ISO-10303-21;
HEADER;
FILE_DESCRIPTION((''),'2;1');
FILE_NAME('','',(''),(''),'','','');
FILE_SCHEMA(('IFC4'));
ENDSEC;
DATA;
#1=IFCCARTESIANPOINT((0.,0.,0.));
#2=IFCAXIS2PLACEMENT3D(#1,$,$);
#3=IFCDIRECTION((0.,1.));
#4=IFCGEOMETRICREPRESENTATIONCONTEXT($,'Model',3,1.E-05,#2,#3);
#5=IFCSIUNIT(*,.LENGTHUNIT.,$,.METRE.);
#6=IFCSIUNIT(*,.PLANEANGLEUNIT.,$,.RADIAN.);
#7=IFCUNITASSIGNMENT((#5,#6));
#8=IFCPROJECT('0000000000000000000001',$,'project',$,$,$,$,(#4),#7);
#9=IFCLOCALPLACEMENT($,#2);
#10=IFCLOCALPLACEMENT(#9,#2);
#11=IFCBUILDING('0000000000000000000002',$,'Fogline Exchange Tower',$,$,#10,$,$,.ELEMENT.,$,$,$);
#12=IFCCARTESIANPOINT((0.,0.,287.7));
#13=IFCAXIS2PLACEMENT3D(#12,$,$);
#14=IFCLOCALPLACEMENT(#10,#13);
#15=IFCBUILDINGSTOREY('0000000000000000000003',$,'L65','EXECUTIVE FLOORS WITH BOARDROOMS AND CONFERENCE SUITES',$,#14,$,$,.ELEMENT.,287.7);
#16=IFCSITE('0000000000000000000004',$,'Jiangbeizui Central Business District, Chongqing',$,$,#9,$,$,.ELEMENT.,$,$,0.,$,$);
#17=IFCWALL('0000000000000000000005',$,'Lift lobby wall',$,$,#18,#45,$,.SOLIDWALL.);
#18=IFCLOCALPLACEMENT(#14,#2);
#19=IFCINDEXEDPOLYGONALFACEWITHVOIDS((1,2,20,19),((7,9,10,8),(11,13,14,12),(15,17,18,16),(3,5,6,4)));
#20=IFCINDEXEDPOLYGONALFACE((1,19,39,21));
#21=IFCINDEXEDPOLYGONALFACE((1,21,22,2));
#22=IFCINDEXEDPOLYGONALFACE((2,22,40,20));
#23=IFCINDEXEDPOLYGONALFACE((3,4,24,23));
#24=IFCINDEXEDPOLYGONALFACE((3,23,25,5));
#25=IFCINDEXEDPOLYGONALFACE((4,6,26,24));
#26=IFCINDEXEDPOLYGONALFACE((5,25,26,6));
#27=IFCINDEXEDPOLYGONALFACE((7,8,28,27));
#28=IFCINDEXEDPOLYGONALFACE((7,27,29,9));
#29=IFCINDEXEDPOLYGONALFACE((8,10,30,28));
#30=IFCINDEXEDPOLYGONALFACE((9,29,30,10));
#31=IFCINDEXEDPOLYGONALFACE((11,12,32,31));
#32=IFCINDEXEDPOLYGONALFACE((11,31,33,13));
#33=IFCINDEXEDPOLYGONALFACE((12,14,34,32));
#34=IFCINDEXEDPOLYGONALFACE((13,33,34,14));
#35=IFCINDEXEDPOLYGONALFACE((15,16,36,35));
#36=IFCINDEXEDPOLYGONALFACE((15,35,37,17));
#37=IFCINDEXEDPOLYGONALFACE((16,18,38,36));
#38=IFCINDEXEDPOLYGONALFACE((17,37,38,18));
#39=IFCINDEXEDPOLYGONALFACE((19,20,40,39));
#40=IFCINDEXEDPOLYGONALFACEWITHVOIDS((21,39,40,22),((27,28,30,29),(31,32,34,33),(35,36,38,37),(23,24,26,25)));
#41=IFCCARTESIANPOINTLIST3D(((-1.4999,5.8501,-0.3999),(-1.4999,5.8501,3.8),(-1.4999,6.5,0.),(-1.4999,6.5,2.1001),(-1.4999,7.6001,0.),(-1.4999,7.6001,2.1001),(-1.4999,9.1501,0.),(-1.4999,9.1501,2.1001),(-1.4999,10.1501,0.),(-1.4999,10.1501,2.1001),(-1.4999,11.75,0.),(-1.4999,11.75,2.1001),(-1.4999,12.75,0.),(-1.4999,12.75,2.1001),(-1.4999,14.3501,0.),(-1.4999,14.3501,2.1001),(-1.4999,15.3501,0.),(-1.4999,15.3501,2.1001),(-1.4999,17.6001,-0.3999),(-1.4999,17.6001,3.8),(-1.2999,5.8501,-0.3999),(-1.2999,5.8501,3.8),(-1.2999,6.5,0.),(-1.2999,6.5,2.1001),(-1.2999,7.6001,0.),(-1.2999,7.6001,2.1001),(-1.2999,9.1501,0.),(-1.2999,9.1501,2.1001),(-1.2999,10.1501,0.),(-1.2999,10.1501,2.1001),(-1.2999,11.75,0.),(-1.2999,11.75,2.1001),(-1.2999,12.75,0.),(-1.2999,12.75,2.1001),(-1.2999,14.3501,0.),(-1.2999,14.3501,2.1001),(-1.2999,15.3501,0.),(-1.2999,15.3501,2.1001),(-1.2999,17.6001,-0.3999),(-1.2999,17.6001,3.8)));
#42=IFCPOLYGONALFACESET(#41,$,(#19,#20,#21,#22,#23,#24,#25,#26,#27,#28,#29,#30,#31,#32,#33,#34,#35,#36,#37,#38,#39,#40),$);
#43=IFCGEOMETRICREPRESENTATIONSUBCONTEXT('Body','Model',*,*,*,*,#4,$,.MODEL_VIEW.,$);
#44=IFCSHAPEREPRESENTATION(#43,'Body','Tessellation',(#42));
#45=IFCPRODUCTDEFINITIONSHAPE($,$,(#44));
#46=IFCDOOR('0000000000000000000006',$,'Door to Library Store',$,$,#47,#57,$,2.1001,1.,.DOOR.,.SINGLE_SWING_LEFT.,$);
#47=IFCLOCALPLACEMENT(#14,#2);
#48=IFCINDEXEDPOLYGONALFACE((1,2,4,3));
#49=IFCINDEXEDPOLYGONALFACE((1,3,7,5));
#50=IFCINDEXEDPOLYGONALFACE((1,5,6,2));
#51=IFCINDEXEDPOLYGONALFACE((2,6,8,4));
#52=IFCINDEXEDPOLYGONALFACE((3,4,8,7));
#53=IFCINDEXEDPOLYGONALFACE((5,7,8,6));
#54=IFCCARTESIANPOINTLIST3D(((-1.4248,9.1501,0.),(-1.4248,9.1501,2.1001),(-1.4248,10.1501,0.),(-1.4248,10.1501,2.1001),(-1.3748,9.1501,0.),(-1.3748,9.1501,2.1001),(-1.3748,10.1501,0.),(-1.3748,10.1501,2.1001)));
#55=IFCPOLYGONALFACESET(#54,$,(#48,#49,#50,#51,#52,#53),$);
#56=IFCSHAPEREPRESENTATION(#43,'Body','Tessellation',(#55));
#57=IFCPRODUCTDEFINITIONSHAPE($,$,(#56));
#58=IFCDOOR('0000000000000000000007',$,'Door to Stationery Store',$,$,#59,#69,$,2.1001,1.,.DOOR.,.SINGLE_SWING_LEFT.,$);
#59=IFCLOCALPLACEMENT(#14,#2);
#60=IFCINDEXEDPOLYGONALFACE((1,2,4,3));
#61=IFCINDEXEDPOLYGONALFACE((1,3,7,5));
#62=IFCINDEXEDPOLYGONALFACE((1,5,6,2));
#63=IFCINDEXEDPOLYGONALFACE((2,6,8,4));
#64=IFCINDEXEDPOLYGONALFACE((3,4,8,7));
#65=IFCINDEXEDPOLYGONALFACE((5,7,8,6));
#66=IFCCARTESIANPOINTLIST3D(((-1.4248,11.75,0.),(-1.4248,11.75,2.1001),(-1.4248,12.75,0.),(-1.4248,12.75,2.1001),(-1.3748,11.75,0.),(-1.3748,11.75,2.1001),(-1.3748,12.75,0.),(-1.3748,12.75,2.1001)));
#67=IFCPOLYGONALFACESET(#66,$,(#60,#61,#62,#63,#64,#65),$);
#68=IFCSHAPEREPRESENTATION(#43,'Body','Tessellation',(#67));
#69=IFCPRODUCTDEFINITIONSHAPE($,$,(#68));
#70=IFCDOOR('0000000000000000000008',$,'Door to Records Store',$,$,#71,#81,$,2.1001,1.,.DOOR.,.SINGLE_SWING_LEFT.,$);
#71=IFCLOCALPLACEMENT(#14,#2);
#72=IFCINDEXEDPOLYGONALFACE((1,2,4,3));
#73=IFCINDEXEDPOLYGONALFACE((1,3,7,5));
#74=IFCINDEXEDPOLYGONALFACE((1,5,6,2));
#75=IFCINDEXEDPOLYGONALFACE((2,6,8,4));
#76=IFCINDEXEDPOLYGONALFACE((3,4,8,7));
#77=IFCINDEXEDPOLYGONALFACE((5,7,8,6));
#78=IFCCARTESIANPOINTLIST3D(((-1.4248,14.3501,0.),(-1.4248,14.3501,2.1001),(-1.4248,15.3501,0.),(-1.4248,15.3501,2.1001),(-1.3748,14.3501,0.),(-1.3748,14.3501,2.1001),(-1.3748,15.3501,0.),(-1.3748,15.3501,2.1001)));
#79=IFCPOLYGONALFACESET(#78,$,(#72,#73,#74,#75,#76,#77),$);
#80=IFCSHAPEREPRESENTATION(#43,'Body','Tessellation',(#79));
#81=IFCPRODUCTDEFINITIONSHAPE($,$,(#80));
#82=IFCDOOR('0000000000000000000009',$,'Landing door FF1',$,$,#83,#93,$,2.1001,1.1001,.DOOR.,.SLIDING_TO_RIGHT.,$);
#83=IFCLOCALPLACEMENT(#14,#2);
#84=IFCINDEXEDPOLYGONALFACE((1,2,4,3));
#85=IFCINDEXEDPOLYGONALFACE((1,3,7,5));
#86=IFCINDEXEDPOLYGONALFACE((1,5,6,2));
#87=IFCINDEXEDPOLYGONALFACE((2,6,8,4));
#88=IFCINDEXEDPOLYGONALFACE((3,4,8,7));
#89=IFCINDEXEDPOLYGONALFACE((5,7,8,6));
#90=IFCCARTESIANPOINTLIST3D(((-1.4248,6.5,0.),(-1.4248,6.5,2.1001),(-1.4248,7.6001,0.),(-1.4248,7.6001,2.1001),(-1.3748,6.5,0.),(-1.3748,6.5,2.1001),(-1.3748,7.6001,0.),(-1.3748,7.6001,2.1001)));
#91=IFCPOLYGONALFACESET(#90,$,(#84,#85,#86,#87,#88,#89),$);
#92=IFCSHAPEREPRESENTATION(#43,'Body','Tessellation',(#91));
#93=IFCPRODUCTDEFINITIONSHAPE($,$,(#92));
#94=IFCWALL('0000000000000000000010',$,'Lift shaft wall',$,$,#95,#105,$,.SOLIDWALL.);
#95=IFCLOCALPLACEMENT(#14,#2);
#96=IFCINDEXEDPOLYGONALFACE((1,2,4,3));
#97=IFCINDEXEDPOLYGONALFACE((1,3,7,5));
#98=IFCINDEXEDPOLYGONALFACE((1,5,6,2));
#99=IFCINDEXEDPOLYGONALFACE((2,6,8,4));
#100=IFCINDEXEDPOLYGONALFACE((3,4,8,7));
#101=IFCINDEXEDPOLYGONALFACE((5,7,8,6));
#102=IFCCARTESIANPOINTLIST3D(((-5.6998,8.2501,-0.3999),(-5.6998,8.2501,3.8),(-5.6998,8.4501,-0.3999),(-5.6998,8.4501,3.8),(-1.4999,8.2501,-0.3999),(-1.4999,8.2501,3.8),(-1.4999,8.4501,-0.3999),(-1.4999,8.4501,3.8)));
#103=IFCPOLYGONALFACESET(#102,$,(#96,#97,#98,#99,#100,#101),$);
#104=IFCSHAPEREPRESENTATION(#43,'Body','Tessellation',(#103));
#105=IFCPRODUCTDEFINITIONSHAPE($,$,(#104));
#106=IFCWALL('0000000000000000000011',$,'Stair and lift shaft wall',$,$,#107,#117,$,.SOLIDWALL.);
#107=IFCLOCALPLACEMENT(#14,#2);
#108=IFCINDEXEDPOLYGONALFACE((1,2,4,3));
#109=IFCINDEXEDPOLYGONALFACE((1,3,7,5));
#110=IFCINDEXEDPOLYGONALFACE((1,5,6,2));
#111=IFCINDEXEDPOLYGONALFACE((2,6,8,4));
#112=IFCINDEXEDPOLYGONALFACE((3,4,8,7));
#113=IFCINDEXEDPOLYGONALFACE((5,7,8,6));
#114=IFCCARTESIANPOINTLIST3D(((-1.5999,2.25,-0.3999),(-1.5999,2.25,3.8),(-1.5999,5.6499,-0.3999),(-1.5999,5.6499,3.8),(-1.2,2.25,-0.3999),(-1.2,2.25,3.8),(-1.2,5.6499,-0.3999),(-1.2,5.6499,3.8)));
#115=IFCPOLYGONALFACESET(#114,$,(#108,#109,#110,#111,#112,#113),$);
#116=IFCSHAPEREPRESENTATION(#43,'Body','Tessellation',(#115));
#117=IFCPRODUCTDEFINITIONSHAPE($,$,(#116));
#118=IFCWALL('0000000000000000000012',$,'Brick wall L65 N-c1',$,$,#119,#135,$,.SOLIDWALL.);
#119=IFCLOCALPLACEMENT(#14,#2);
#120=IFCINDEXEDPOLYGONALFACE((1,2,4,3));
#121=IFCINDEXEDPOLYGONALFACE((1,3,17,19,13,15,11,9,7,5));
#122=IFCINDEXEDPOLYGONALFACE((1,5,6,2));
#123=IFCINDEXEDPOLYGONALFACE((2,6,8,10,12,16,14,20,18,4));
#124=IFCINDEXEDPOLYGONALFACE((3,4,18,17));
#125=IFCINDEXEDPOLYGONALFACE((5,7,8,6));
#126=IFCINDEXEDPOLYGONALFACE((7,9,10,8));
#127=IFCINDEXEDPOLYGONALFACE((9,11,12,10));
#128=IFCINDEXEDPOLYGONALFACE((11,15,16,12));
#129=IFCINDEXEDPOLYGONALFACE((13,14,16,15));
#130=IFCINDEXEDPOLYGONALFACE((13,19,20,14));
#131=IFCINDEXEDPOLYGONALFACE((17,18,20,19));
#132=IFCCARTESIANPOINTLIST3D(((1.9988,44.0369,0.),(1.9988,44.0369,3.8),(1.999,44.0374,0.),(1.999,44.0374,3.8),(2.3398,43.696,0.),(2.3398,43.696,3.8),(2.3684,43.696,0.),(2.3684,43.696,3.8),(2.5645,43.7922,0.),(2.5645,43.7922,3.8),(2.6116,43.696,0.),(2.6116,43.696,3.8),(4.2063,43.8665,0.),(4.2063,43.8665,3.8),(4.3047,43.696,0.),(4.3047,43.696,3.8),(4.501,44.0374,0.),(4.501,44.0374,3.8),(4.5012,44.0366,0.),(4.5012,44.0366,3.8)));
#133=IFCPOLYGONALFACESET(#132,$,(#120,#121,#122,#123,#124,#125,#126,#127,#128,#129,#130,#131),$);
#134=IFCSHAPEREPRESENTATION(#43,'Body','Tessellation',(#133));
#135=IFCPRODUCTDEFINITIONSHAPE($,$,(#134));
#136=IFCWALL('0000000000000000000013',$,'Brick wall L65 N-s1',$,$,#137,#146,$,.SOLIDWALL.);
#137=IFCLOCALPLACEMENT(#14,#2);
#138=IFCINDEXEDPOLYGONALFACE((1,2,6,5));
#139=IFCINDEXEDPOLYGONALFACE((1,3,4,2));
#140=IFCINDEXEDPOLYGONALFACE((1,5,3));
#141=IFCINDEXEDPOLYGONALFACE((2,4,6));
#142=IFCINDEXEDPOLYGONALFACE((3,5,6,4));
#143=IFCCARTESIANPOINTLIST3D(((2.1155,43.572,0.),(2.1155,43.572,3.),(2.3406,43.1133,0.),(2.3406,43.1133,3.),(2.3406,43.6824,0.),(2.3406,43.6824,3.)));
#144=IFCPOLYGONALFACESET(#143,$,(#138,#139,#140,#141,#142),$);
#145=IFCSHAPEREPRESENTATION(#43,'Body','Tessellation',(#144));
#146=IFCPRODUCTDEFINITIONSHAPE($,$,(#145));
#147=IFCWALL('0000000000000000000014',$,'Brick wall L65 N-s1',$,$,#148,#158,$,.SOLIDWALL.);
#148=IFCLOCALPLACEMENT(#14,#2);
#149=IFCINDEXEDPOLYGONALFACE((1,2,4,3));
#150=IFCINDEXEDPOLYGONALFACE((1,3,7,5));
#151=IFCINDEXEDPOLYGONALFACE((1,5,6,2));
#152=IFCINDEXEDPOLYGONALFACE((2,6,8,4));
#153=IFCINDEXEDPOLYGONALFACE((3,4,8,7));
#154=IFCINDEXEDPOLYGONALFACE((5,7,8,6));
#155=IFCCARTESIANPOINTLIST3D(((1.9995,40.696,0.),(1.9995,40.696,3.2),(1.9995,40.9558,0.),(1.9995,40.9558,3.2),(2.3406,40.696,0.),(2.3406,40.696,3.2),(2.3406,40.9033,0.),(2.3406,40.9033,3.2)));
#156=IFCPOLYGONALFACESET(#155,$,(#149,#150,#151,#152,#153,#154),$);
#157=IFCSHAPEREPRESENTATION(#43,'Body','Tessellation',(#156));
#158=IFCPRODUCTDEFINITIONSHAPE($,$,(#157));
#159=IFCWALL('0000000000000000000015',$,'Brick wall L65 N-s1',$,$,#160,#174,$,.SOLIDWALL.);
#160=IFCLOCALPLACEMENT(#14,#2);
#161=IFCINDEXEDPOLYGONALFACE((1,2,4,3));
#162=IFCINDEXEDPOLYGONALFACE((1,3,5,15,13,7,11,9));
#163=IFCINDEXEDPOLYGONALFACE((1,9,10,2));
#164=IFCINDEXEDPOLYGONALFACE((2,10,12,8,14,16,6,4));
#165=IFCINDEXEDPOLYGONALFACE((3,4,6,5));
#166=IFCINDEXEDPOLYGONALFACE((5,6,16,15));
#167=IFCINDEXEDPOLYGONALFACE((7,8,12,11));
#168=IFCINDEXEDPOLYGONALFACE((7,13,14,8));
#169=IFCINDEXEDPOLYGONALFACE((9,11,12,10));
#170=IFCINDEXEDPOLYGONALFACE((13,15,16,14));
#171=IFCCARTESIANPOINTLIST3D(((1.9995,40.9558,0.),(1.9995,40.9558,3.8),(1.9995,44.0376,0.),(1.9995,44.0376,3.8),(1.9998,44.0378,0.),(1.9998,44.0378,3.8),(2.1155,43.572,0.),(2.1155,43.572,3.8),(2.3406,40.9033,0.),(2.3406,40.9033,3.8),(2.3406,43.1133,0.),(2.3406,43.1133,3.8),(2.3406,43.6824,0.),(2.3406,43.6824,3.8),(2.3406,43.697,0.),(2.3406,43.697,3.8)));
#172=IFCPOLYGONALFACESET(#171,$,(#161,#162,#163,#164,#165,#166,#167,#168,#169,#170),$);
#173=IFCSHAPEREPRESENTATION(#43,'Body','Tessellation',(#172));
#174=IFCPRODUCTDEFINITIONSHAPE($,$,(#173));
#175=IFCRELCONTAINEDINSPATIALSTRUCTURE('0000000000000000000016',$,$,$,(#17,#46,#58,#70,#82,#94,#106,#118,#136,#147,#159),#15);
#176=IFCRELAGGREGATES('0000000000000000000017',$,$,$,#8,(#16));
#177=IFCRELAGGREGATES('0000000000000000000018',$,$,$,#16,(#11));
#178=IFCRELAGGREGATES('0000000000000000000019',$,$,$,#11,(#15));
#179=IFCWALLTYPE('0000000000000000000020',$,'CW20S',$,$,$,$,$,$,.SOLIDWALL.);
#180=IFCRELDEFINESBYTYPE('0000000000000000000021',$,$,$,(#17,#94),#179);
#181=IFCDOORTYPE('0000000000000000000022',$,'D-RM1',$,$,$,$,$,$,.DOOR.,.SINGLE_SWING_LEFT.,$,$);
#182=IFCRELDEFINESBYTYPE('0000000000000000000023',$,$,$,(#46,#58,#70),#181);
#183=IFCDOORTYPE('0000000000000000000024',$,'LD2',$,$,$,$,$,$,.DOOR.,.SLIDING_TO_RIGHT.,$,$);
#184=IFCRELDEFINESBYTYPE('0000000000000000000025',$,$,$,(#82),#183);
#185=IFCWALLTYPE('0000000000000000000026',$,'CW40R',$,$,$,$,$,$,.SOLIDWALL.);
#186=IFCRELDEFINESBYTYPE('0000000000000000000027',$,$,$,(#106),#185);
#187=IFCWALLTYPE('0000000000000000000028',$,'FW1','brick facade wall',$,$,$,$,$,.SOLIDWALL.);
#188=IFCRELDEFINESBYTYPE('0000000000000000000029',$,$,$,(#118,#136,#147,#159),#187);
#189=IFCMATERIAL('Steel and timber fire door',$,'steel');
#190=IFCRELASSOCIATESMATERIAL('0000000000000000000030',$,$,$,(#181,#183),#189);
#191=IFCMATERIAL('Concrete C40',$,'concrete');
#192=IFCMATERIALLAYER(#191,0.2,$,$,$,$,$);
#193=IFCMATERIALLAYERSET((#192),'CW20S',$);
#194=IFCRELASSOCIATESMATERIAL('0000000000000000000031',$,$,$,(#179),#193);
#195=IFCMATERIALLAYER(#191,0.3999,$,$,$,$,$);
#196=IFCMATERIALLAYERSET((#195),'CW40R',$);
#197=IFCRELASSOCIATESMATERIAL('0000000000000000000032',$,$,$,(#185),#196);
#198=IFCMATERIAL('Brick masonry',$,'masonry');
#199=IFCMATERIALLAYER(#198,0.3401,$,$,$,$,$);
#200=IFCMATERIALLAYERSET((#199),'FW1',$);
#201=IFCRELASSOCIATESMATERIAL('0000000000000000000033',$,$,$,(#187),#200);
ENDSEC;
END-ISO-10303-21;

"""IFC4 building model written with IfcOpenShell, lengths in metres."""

from ifc_helpers import new_model, si_unit, direction, frame, frame_2d, origin, place, context, subcontext, project, spatial, polyline, rectangle, outline, extrude, material, layer, layer_set, type_object, element, fill, save


model = new_model("IFC4")

# Units and contexts
model_context = context("Model", 3, precision=1e-05, world=origin(), true_north=direction((0.0, 1.0)))
body_context = subcontext(model_context, "Body", "Model", "MODEL_VIEW")
ifc_project = project(units=[si_unit("LENGTHUNIT", "METRE"), si_unit("PLANEANGLEUNIT", "RADIAN")], contexts=[model_context])

# Site, building, storey
site_placement = place(None, origin())
site = spatial("IfcSite", under=ifc_project, at=site_placement, Name="Jiangbeizui Central Business District, Chongqing", CompositionType="ELEMENT", RefElevation=0.0)
building_placement = place(site_placement, origin())
building = spatial("IfcBuilding", under=site, at=building_placement, Name="Fogline Exchange Tower", CompositionType="ELEMENT")
storey_placement = place(building_placement, frame((0.0, 0.0, 287.7)))
storey = spatial("IfcBuildingStorey", under=building, at=storey_placement, Name="L65", Description="EXECUTIVE FLOORS WITH BOARDROOMS AND CONFERENCE SUITES", CompositionType="ELEMENT", Elevation=287.7)

# Shared definitions
ifc_material_1 = material(Name="Concrete C40", Category="concrete")
ifc_material_2 = material(Name="Steel and timber fire door", Category="steel")
door_type_1 = type_object("IfcDoorType", Name="D-RM1", OperationType="SINGLE_SWING_LEFT", PredefinedType="DOOR", material=ifc_material_2)

# Shared definitions
ifc_layer_1 = layer(ifc_material_1, 0.2)
ifc_layer_set_1 = layer_set([ifc_layer_1], Name="CW20S")
wall_type_1 = type_object("IfcWallType", Name="CW20S", PredefinedType="SOLIDWALL", material=ifc_layer_set_1)

# Wall, openings, doors
wall_1_placement = place(storey_placement, frame((-1.3999, 5.8501, -0.3999), z_axis=(0.0, 0.0, 1.0), x_axis=(0.0, 1.0, 0.0)))
wall_1 = element("IfcWall", 1, at=wall_1_placement, inside=storey, type_object=wall_type_1, Name="Lift lobby wall", PredefinedType="SOLIDWALL", context=body_context, shape_type="SweptSolid", body=[
    extrude(rectangle(XDim=11.75, YDim=0.2, at=frame_2d((5.875, 0.0))), origin(), (0.0, 0.0, 1.0), 4.2),
])
opening_1_placement = place(wall_1_placement, frame((0.6499, 0.0, 0.3999)))
opening_1 = element("IfcOpeningElement", 2, at=opening_1_placement, cuts=wall_1, PredefinedType="OPENING", context=body_context, shape_type="SweptSolid", body=[
    extrude(rectangle(XDim=1.1001, YDim=2.1001, at=frame_2d((0.55, 1.05))), frame((0.0, 0.1099, 0.0), z_axis=(0.0, -1.0, 0.0), x_axis=(1.0, 0.0, 0.0)), (0.0, 0.0, 1.0), 0.22),
])
opening_2_placement = place(wall_1_placement, frame((3.3, 0.0, 0.3999)))
opening_2 = element("IfcOpeningElement", 3, at=opening_2_placement, cuts=wall_1, PredefinedType="OPENING", context=body_context, shape_type="SweptSolid", body=[
    extrude(rectangle(XDim=1.0, YDim=2.1001, at=frame_2d((0.5, 1.05))), frame((0.0, 0.1099, 0.0), z_axis=(0.0, -1.0, 0.0), x_axis=(1.0, 0.0, 0.0)), (0.0, 0.0, 1.0), 0.22),
])
opening_3_placement = place(wall_1_placement, frame((5.8999, 0.0, 0.3999)))
opening_3 = element("IfcOpeningElement", 4, at=opening_3_placement, cuts=wall_1, PredefinedType="OPENING", context=body_context, shape_type="SweptSolid", body=[
    extrude(rectangle(XDim=1.0, YDim=2.1001, at=frame_2d((0.5, 1.05))), frame((0.0, 0.1099, 0.0), z_axis=(0.0, -1.0, 0.0), x_axis=(1.0, 0.0, 0.0)), (0.0, 0.0, 1.0), 0.22),
])
opening_4_placement = place(wall_1_placement, frame((8.5, 0.0, 0.3999)))
opening_4 = element("IfcOpeningElement", 5, at=opening_4_placement, cuts=wall_1, PredefinedType="OPENING", context=body_context, shape_type="SweptSolid", body=[
    extrude(rectangle(XDim=1.0, YDim=2.1001, at=frame_2d((0.5, 1.05))), frame((0.0, 0.1099, 0.0), z_axis=(0.0, -1.0, 0.0), x_axis=(1.0, 0.0, 0.0)), (0.0, 0.0, 1.0), 0.22),
])
door_1_placement = place(opening_2_placement, origin())
door_1 = element("IfcDoor", 6, at=door_1_placement, inside=storey, type_object=door_type_1, Name="Door to Library Store", OperationType="SINGLE_SWING_LEFT", OverallHeight=2.1001, OverallWidth=1.0, PredefinedType="DOOR", context=body_context, shape_type="SweptSolid", body=[
    extrude(rectangle(XDim=1.0, YDim=2.1001, at=frame_2d((0.5, 1.05))), frame((0.0, 0.0249, 0.0), z_axis=(0.0, -1.0, 0.0), x_axis=(1.0, 0.0, 0.0)), (0.0, 0.0, 1.0), 0.05),
])
fill(opening_2, door_1)
door_2_placement = place(opening_3_placement, origin())
door_2 = element("IfcDoor", 7, at=door_2_placement, inside=storey, type_object=door_type_1, Name="Door to Stationery Store", OperationType="SINGLE_SWING_LEFT", OverallHeight=2.1001, OverallWidth=1.0, PredefinedType="DOOR", context=body_context, shape_type="SweptSolid", body=[
    extrude(rectangle(XDim=1.0, YDim=2.1001, at=frame_2d((0.5, 1.05))), frame((0.0, 0.0249, 0.0), z_axis=(0.0, -1.0, 0.0), x_axis=(1.0, 0.0, 0.0)), (0.0, 0.0, 1.0), 0.05),
])
fill(opening_3, door_2)
door_3_placement = place(opening_4_placement, origin())
door_3 = element("IfcDoor", 8, at=door_3_placement, inside=storey, type_object=door_type_1, Name="Door to Records Store", OperationType="SINGLE_SWING_LEFT", OverallHeight=2.1001, OverallWidth=1.0, PredefinedType="DOOR", context=body_context, shape_type="SweptSolid", body=[
    extrude(rectangle(XDim=1.0, YDim=2.1001, at=frame_2d((0.5, 1.05))), frame((0.0, 0.0249, 0.0), z_axis=(0.0, -1.0, 0.0), x_axis=(1.0, 0.0, 0.0)), (0.0, 0.0, 1.0), 0.05),
])
fill(opening_4, door_3)
door_type_2 = type_object("IfcDoorType", Name="LD2", OperationType="SLIDING_TO_RIGHT", PredefinedType="DOOR", material=ifc_material_2)
door_4_placement = place(opening_1_placement, origin())
door_4 = element("IfcDoor", 9, at=door_4_placement, inside=storey, type_object=door_type_2, Name="Landing door FF1", OperationType="SLIDING_TO_RIGHT", OverallHeight=2.1001, OverallWidth=1.1001, PredefinedType="DOOR", context=body_context, shape_type="SweptSolid", body=[
    extrude(rectangle(XDim=1.1001, YDim=2.1001, at=frame_2d((0.55, 1.05))), frame((0.0, 0.0249, 0.0), z_axis=(0.0, -1.0, 0.0), x_axis=(1.0, 0.0, 0.0)), (0.0, 0.0, 1.0), 0.05),
])
fill(opening_1, door_4)

# Walls
wall_2_placement = place(storey_placement, frame((-5.7, 8.3501, -0.3999), z_axis=(0.0, 0.0, 1.0), x_axis=(1.0, 0.0, 0.0)))
element("IfcWall", 10, at=wall_2_placement, inside=storey, type_object=wall_type_1, Name="Lift shaft wall", PredefinedType="SOLIDWALL", context=body_context, shape_type="SweptSolid", body=[
    extrude(rectangle(XDim=4.2, YDim=0.2, at=frame_2d((2.1001, 0.0))), origin(), (0.0, 0.0, 1.0), 4.2),
])
ifc_layer_2 = layer(ifc_material_1, 0.3999)
ifc_layer_set_2 = layer_set([ifc_layer_2], Name="CW40R")
wall_type_2 = type_object("IfcWallType", Name="CW40R", PredefinedType="SOLIDWALL", material=ifc_layer_set_2)
wall_3_placement = place(storey_placement, frame((-1.3999, 2.25, -0.3999), z_axis=(0.0, 0.0, 1.0), x_axis=(0.0, 1.0, 0.0)))
element("IfcWall", 11, at=wall_3_placement, inside=storey, type_object=wall_type_2, Name="Stair and lift shaft wall", PredefinedType="SOLIDWALL", context=body_context, shape_type="SweptSolid", body=[
    extrude(rectangle(XDim=3.3999, YDim=0.3999, at=frame_2d((1.7, 0.0))), origin(), (0.0, 0.0, 1.0), 4.2),
])
ifc_material_3 = material(Name="Brick masonry", Category="masonry")
ifc_layer_3 = layer(ifc_material_3, 0.3401)
ifc_layer_set_3 = layer_set([ifc_layer_3], Name="FW1")
wall_type_3 = type_object("IfcWallType", Name="FW1", Description="brick facade wall", PredefinedType="SOLIDWALL", material=ifc_layer_set_3)
wall_4_placement = place(storey_placement, origin())
element("IfcWall", 12, at=wall_4_placement, inside=storey, type_object=wall_type_3, Name="Brick wall L65 N-c1", PredefinedType="SOLIDWALL", context=body_context, shape_type="SweptSolid", body=[
    extrude(outline(polyline([(4.501, 44.0374), (4.5012, 44.0366), (4.2063, 43.8665), (4.3047, 43.696), (2.6116, 43.696), (2.5645, 43.7922), (2.3684, 43.696), (2.3398, 43.696), (1.9988, 44.0369), (1.999, 44.0374), (4.501, 44.0374)])), origin(), (0.0, 0.0, 1.0), 3.8),
])
wall_5_placement = place(storey_placement, origin())
element("IfcWall", 13, at=wall_5_placement, inside=storey, type_object=wall_type_3, Name="Brick wall L65 N-s1", PredefinedType="SOLIDWALL", context=body_context, shape_type="SweptSolid", body=[
    extrude(outline(polyline([(2.3406, 43.1133), (2.1155, 43.572), (2.3406, 43.6824), (2.3406, 43.1133)])), origin(), (0.0, 0.0, 1.0), 3.0),
])
wall_6_placement = place(storey_placement, origin())
element("IfcWall", 14, at=wall_6_placement, inside=storey, type_object=wall_type_3, Name="Brick wall L65 N-s1", PredefinedType="SOLIDWALL", context=body_context, shape_type="SweptSolid", body=[
    extrude(outline(polyline([(1.9995, 40.9558), (2.3406, 40.9033), (2.3406, 40.696), (1.9995, 40.696), (1.9995, 40.9558)])), origin(), (0.0, 0.0, 1.0), 3.2),
])
wall_7_placement = place(storey_placement, origin())
element("IfcWall", 15, at=wall_7_placement, inside=storey, type_object=wall_type_3, Name="Brick wall L65 N-s1", PredefinedType="SOLIDWALL", context=body_context, shape_type="SweptSolid", body=[
    extrude(outline(polyline([(1.9995, 44.0376), (1.9998, 44.0378), (2.3406, 43.697), (2.3406, 43.6824), (2.1155, 43.572), (2.3406, 43.1133), (2.3406, 40.9033), (1.9995, 40.9558), (1.9995, 44.0376)])), origin(), (0.0, 0.0, 1.0), 3.8),
])

save(model, "model.ifc")
